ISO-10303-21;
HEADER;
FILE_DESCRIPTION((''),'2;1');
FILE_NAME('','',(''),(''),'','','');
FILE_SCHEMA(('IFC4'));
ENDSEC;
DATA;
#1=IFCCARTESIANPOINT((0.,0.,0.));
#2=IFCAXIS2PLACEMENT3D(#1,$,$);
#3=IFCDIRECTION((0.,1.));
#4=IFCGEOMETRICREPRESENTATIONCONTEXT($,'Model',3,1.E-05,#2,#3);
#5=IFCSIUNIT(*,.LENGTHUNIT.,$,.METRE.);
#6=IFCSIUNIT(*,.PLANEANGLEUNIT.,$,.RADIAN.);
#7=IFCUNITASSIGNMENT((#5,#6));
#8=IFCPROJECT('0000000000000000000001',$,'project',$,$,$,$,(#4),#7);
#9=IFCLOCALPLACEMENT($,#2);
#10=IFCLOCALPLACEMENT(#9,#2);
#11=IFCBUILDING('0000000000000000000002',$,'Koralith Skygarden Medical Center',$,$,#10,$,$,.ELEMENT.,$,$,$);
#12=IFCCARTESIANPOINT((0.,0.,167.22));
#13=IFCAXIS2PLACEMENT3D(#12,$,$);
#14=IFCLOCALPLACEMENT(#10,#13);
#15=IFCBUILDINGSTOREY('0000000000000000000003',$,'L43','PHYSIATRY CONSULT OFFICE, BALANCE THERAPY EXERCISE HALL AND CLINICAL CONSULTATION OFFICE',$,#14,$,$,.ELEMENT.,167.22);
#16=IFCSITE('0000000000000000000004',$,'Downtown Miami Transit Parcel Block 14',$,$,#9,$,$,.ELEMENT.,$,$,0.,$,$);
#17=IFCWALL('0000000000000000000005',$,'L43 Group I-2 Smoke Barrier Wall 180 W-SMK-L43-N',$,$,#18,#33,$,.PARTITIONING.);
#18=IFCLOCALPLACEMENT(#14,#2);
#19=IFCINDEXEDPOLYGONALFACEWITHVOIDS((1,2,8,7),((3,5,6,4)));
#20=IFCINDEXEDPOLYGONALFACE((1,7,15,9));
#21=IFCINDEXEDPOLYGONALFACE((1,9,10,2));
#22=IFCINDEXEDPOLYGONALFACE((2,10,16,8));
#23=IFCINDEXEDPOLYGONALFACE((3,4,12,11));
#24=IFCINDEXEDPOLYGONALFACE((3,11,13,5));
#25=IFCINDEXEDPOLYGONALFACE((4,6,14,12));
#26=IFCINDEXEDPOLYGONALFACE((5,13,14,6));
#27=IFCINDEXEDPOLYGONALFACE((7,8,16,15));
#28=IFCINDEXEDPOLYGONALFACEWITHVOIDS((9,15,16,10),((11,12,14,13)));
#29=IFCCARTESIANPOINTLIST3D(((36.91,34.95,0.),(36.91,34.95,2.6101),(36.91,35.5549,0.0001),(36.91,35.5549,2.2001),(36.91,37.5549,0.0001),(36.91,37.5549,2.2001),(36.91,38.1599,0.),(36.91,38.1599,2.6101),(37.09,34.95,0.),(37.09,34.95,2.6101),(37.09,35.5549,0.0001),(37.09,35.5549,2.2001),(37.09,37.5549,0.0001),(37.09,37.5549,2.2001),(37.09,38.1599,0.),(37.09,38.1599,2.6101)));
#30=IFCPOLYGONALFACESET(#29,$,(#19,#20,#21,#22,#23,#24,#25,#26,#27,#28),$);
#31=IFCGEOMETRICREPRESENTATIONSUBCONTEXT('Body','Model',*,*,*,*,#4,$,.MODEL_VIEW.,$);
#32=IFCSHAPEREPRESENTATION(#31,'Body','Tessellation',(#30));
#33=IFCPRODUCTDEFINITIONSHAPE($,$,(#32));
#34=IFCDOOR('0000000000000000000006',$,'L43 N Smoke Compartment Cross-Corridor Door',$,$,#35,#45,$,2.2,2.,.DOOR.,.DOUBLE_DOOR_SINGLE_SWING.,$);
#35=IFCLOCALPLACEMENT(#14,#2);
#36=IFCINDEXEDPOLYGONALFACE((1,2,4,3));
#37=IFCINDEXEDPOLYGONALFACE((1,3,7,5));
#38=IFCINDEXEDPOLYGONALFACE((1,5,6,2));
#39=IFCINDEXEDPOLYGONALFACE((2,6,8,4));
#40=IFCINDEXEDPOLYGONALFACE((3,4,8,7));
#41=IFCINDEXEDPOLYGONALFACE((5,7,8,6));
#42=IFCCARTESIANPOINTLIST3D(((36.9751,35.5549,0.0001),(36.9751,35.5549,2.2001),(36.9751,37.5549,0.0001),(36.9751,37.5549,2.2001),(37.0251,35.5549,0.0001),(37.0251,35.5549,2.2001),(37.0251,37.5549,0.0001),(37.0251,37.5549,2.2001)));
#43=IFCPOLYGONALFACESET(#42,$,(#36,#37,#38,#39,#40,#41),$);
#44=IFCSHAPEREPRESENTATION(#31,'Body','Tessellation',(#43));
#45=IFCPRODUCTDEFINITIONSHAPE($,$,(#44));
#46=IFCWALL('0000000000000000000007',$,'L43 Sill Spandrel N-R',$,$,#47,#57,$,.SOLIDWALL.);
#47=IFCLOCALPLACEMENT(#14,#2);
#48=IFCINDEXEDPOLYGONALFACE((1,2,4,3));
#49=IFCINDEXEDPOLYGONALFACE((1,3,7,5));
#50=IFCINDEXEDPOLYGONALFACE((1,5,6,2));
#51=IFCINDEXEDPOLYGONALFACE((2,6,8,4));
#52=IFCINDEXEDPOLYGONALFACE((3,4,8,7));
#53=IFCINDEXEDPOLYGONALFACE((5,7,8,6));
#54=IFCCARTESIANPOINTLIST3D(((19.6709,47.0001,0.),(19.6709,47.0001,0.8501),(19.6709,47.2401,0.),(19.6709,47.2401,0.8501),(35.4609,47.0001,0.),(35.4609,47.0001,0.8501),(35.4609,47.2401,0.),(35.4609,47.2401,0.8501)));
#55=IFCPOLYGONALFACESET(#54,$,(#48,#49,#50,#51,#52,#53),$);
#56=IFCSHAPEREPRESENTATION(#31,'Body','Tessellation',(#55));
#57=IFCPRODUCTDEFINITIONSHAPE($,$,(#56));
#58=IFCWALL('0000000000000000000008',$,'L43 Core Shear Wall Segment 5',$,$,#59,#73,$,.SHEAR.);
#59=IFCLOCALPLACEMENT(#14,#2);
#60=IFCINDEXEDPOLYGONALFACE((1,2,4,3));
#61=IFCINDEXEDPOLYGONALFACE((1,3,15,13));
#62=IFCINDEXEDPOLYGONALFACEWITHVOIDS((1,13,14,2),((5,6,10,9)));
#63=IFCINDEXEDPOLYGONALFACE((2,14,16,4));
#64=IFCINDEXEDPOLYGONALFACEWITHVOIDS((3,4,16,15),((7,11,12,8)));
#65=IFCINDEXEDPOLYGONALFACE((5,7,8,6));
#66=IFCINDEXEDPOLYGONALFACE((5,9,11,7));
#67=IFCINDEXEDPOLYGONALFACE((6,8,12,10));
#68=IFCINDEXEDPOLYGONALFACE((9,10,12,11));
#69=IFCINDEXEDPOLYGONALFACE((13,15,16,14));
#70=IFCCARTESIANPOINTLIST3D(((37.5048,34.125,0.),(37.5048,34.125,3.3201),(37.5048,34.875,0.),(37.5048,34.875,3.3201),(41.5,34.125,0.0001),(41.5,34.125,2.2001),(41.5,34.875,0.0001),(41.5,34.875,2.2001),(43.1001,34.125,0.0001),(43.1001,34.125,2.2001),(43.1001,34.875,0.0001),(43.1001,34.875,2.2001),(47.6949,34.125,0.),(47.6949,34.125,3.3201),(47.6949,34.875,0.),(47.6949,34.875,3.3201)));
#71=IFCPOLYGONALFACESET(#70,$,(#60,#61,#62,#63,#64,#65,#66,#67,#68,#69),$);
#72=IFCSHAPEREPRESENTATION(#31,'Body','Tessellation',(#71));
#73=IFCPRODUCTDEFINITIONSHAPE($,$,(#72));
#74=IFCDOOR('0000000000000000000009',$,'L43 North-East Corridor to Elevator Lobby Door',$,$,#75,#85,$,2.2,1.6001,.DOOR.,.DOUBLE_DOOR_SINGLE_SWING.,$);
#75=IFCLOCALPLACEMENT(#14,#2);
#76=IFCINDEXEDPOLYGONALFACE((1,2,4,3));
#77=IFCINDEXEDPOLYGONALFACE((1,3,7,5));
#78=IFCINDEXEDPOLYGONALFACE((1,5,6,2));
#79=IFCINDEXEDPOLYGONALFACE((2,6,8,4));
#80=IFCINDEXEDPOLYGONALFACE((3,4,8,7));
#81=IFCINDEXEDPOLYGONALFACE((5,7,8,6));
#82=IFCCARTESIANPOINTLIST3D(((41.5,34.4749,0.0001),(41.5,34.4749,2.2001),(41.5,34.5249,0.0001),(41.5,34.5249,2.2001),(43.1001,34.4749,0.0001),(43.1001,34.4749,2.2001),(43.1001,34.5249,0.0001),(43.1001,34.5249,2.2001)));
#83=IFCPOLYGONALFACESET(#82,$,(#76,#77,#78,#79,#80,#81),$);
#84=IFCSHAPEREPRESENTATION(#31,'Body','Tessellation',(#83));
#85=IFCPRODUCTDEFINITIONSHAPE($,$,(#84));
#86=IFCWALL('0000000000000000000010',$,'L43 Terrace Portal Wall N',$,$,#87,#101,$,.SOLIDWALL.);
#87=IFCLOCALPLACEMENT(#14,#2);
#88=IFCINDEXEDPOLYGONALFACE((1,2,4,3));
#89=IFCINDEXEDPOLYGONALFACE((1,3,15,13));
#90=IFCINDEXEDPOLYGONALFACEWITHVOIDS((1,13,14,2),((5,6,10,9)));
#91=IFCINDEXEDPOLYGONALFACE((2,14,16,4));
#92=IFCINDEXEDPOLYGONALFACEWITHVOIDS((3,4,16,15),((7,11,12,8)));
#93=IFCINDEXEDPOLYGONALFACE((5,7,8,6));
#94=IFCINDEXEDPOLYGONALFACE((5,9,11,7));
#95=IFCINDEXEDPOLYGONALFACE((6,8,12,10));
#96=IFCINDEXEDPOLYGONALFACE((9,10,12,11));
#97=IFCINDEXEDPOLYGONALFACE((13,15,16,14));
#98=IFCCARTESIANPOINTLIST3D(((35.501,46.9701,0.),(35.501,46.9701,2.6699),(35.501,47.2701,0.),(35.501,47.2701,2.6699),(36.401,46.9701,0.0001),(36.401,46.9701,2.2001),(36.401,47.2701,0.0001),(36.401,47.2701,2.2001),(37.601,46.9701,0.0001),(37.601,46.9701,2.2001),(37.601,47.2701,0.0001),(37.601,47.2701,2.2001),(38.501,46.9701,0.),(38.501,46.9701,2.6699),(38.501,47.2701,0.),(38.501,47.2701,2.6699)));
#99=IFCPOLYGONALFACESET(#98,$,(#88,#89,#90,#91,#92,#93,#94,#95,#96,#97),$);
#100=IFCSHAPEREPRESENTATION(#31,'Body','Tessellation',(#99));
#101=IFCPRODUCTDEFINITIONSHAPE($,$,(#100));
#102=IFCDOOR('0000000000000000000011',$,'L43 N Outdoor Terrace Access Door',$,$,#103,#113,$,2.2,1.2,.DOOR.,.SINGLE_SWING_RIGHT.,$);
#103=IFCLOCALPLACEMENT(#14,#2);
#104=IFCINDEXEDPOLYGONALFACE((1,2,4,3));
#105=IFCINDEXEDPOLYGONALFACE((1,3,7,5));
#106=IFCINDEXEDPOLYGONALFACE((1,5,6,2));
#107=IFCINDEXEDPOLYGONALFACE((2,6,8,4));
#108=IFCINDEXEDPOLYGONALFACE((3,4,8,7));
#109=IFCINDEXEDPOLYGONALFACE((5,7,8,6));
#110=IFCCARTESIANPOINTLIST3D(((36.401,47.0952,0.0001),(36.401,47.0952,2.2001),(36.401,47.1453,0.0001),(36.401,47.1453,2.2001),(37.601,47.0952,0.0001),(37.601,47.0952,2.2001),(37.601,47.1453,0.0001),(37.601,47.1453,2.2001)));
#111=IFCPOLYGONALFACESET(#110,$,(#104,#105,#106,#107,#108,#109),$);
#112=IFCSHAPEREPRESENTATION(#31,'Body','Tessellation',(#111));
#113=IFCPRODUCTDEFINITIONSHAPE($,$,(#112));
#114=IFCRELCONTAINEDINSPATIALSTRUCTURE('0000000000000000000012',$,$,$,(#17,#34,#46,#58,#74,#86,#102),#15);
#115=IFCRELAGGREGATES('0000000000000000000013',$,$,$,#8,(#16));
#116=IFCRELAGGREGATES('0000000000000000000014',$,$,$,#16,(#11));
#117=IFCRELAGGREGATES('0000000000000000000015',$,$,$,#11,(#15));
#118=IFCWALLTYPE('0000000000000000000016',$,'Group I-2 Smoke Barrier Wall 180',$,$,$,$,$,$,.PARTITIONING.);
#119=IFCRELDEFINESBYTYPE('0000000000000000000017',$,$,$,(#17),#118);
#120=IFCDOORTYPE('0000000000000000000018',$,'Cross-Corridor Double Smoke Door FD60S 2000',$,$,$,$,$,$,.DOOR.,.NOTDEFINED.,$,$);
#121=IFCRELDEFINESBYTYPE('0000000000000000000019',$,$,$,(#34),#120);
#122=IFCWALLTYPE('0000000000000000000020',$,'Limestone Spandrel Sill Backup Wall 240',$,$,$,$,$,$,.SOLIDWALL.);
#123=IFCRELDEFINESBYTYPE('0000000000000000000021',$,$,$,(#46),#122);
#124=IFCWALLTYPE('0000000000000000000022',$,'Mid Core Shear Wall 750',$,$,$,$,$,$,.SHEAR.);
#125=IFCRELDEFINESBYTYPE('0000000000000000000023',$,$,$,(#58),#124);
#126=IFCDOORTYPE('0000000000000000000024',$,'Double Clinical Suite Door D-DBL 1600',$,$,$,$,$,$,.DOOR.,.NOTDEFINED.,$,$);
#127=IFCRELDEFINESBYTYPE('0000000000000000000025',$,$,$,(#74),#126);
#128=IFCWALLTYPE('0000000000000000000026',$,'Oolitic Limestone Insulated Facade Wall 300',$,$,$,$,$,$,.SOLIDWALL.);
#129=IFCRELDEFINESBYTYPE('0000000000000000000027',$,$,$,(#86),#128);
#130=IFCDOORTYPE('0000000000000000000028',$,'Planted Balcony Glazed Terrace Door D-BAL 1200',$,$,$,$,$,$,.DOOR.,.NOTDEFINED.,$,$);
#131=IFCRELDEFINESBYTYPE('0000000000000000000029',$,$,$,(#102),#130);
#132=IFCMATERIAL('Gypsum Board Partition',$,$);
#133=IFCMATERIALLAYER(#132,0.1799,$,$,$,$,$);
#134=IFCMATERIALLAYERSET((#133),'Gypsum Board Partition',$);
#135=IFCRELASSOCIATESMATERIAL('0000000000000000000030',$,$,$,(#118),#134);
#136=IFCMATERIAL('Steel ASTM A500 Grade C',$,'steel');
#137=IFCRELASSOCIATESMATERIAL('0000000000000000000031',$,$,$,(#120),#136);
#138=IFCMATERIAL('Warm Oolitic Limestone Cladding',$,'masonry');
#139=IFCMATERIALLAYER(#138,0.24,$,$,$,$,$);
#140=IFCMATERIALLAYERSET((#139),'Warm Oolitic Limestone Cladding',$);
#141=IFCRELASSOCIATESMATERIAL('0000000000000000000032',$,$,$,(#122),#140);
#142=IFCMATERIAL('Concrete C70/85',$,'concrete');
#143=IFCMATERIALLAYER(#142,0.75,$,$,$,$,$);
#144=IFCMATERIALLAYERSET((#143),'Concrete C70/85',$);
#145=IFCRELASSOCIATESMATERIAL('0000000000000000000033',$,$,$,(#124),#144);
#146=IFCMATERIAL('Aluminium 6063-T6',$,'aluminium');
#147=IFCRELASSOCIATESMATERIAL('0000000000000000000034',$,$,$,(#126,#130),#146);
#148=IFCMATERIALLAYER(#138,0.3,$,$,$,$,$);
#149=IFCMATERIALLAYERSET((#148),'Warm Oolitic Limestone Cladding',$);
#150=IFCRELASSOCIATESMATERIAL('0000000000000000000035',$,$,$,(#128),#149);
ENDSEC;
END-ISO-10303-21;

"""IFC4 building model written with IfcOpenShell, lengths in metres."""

from ifc_helpers import new_model, si_unit, direction, frame, frame_2d, origin, place, context, subcontext, project, spatial, rectangle, extrude, material, layer, layer_set, type_object, element, fill, save


model = new_model("IFC4")

# Units and contexts
model_context = context("Model", 3, precision=1e-05, world=origin(), true_north=direction((0.0, 1.0)))
body_context = subcontext(model_context, "Body", "Model", "MODEL_VIEW")
ifc_project = project(units=[si_unit("LENGTHUNIT", "METRE"), si_unit("PLANEANGLEUNIT", "RADIAN")], contexts=[model_context])

# Site, building, storey
site_placement = place(None, origin())
site = spatial("IfcSite", under=ifc_project, at=site_placement, Name="Downtown Miami Transit Parcel Block 14", CompositionType="ELEMENT", RefElevation=0.0)
building_placement = place(site_placement, origin())
building = spatial("IfcBuilding", under=site, at=building_placement, Name="Koralith Skygarden Medical Center", CompositionType="ELEMENT")
storey_placement = place(building_placement, frame((0.0, 0.0, 167.22)))
storey = spatial("IfcBuildingStorey", under=building, at=storey_placement, Name="L43", Description="PHYSIATRY CONSULT OFFICE, BALANCE THERAPY EXERCISE HALL AND CLINICAL CONSULTATION OFFICE", CompositionType="ELEMENT", Elevation=167.22)

# Shared definitions
ifc_material_1 = material(Name="Aluminium 6063-T6", Category="aluminium")

# Shared definitions
ifc_material_2 = material(Name="Gypsum Board Partition")

# Wall, opening, door
ifc_layer_1 = layer(ifc_material_2, 0.1799)
ifc_layer_set_1 = layer_set([ifc_layer_1], Name="Gypsum Board Partition")
wall_type_1 = type_object("IfcWallType", Name="Group I-2 Smoke Barrier Wall 180", PredefinedType="PARTITIONING", material=ifc_layer_set_1)
wall_1_placement = place(storey_placement, frame((37.0, 34.95, 0.0), z_axis=(0.0, 0.0, 1.0), x_axis=(0.0, 1.0, 0.0)))
wall_1 = element("IfcWall", 1, at=wall_1_placement, inside=storey, type_object=wall_type_1, Name="L43 Group I-2 Smoke Barrier Wall 180 W-SMK-L43-N", PredefinedType="PARTITIONING", context=body_context, shape_type="SweptSolid", body=[
    extrude(rectangle(XDim=3.21, YDim=0.1799, at=frame_2d((1.605, 0.0))), origin(), (0.0, 0.0, 1.0), 2.6101),
])
opening_1_placement = place(wall_1_placement, frame((0.605, 0.0, 0.0)))
opening_1 = element("IfcOpeningElement", 2, at=opening_1_placement, cuts=wall_1, PredefinedType="OPENING", context=body_context, shape_type="SweptSolid", body=[
    extrude(rectangle(XDim=2.0, YDim=2.2, at=frame_2d((1.0, 1.1001))), frame((0.0, 0.0999, 0.0), z_axis=(0.0, -1.0, 0.0), x_axis=(1.0, 0.0, 0.0)), (0.0, 0.0, 1.0), 0.2),
])
ifc_material_3 = material(Name="Steel ASTM A500 Grade C", Category="steel")
door_type_1 = type_object("IfcDoorType", Name="Cross-Corridor Double Smoke Door FD60S 2000", OperationType="NOTDEFINED", PredefinedType="DOOR", material=ifc_material_3)
door_1_placement = place(opening_1_placement, origin())
door_1 = element("IfcDoor", 3, at=door_1_placement, inside=storey, type_object=door_type_1, Name="L43 N Smoke Compartment Cross-Corridor Door", OperationType="DOUBLE_DOOR_SINGLE_SWING", OverallHeight=2.2, OverallWidth=2.0, PredefinedType="DOOR", context=body_context, shape_type="SweptSolid", body=[
    extrude(rectangle(XDim=2.0, YDim=2.2, at=frame_2d((1.0, 1.1001))), frame((0.0, 0.0249, 0.0), z_axis=(0.0, -1.0, 0.0), x_axis=(1.0, 0.0, 0.0)), (0.0, 0.0, 1.0), 0.05),
])
fill(opening_1, door_1)

# Wall
ifc_material_4 = material(Name="Warm Oolitic Limestone Cladding", Category="masonry")
ifc_layer_2 = layer(ifc_material_4, 0.24)
ifc_layer_set_2 = layer_set([ifc_layer_2], Name="Warm Oolitic Limestone Cladding")
wall_type_2 = type_object("IfcWallType", Name="Limestone Spandrel Sill Backup Wall 240", PredefinedType="SOLIDWALL", material=ifc_layer_set_2)
wall_2_placement = place(storey_placement, frame((35.4609, 47.1201, 0.0), z_axis=(0.0, 0.0, 1.0), x_axis=(-1.0, 0.0, 0.0)))
element("IfcWall", 4, at=wall_2_placement, inside=storey, type_object=wall_type_2, Name="L43 Sill Spandrel N-R", PredefinedType="SOLIDWALL", context=body_context, shape_type="SweptSolid", body=[
    extrude(rectangle(XDim=15.79, YDim=0.24, at=frame_2d((7.895, 0.0))), origin(), (0.0, 0.0, 1.0), 0.8501),
])

# Walls, openings, doors
ifc_material_5 = material(Name="Concrete C70/85", Category="concrete")
ifc_layer_3 = layer(ifc_material_5, 0.75)
ifc_layer_set_3 = layer_set([ifc_layer_3], Name="Concrete C70/85")
wall_type_3 = type_object("IfcWallType", Name="Mid Core Shear Wall 750", PredefinedType="SHEAR", material=ifc_layer_set_3)
wall_3_placement = place(storey_placement, frame((47.6951, 34.5, 0.0), z_axis=(0.0, 0.0, 1.0), x_axis=(-1.0, 0.0, 0.0)))
wall_3 = element("IfcWall", 5, at=wall_3_placement, inside=storey, type_object=wall_type_3, Name="L43 Core Shear Wall Segment 5", PredefinedType="SHEAR", context=body_context, shape_type="SweptSolid", body=[
    extrude(rectangle(XDim=10.1902, YDim=0.75, at=frame_2d((5.0952, 0.0))), origin(), (0.0, 0.0, 1.0), 3.3201),
])
opening_2_placement = place(wall_3_placement, frame((4.595, 0.0, 0.0)))
opening_2 = element("IfcOpeningElement", 6, at=opening_2_placement, cuts=wall_3, PredefinedType="OPENING", context=body_context, shape_type="SweptSolid", body=[
    extrude(rectangle(XDim=1.6001, YDim=2.2, at=frame_2d((0.8, 1.1001))), frame((0.0, 0.385, 0.0), z_axis=(0.0, -1.0, 0.0), x_axis=(1.0, 0.0, 0.0)), (0.0, 0.0, 1.0), 0.77),
])
door_type_2 = type_object("IfcDoorType", Name="Double Clinical Suite Door D-DBL 1600", OperationType="NOTDEFINED", PredefinedType="DOOR", material=ifc_material_1)
door_2_placement = place(opening_2_placement, frame((1.6001, 0.0, 0.0), z_axis=(0.0, 0.0, 1.0), x_axis=(-1.0, 0.0, 0.0)))
door_2 = element("IfcDoor", 7, at=door_2_placement, inside=storey, type_object=door_type_2, Name="L43 North-East Corridor to Elevator Lobby Door", OperationType="DOUBLE_DOOR_SINGLE_SWING", OverallHeight=2.2, OverallWidth=1.6001, PredefinedType="DOOR", context=body_context, shape_type="SweptSolid", body=[
    extrude(rectangle(XDim=1.6001, YDim=2.2, at=frame_2d((0.8, 1.1001))), frame((0.0, 0.0249, 0.0), z_axis=(0.0, -1.0, 0.0), x_axis=(1.0, 0.0, 0.0)), (0.0, 0.0, 1.0), 0.05),
])
fill(opening_2, door_2)
ifc_layer_4 = layer(ifc_material_4, 0.3)
ifc_layer_set_4 = layer_set([ifc_layer_4], Name="Warm Oolitic Limestone Cladding")
wall_type_4 = type_object("IfcWallType", Name="Oolitic Limestone Insulated Facade Wall 300", PredefinedType="SOLIDWALL", material=ifc_layer_set_4)
wall_4_placement = place(storey_placement, frame((38.501, 47.1201, 0.0), z_axis=(0.0, 0.0, 1.0), x_axis=(-1.0, 0.0, 0.0)))
wall_4 = element("IfcWall", 8, at=wall_4_placement, inside=storey, type_object=wall_type_4, Name="L43 Terrace Portal Wall N", PredefinedType="SOLIDWALL", context=body_context, shape_type="SweptSolid", body=[
    extrude(rectangle(XDim=3.0, YDim=0.3, at=frame_2d((1.5, 0.0))), origin(), (0.0, 0.0, 1.0), 2.6699),
])
opening_3_placement = place(wall_4_placement, frame((0.8999, 0.0, 0.0)))
opening_3 = element("IfcOpeningElement", 9, at=opening_3_placement, cuts=wall_4, PredefinedType="OPENING", context=body_context, shape_type="SweptSolid", body=[
    extrude(rectangle(XDim=1.2, YDim=2.2, at=frame_2d((0.6001, 1.1001))), frame((0.0, 0.1599, 0.0), z_axis=(0.0, -1.0, 0.0), x_axis=(1.0, 0.0, 0.0)), (0.0, 0.0, 1.0), 0.3201),
])
door_type_3 = type_object("IfcDoorType", Name="Planted Balcony Glazed Terrace Door D-BAL 1200", OperationType="NOTDEFINED", PredefinedType="DOOR", material=ifc_material_1)
door_3_placement = place(opening_3_placement, origin())
door_3 = element("IfcDoor", 10, at=door_3_placement, inside=storey, type_object=door_type_3, Name="L43 N Outdoor Terrace Access Door", OperationType="SINGLE_SWING_RIGHT", OverallHeight=2.2, OverallWidth=1.2, PredefinedType="DOOR", context=body_context, shape_type="SweptSolid", body=[
    extrude(rectangle(XDim=1.2, YDim=2.2, at=frame_2d((0.6001, 1.1001))), frame((0.0, 0.0249, 0.0), z_axis=(0.0, -1.0, 0.0), x_axis=(1.0, 0.0, 0.0)), (0.0, 0.0, 1.0), 0.05),
])
fill(opening_3, door_3)

save(model, "model.ifc")
